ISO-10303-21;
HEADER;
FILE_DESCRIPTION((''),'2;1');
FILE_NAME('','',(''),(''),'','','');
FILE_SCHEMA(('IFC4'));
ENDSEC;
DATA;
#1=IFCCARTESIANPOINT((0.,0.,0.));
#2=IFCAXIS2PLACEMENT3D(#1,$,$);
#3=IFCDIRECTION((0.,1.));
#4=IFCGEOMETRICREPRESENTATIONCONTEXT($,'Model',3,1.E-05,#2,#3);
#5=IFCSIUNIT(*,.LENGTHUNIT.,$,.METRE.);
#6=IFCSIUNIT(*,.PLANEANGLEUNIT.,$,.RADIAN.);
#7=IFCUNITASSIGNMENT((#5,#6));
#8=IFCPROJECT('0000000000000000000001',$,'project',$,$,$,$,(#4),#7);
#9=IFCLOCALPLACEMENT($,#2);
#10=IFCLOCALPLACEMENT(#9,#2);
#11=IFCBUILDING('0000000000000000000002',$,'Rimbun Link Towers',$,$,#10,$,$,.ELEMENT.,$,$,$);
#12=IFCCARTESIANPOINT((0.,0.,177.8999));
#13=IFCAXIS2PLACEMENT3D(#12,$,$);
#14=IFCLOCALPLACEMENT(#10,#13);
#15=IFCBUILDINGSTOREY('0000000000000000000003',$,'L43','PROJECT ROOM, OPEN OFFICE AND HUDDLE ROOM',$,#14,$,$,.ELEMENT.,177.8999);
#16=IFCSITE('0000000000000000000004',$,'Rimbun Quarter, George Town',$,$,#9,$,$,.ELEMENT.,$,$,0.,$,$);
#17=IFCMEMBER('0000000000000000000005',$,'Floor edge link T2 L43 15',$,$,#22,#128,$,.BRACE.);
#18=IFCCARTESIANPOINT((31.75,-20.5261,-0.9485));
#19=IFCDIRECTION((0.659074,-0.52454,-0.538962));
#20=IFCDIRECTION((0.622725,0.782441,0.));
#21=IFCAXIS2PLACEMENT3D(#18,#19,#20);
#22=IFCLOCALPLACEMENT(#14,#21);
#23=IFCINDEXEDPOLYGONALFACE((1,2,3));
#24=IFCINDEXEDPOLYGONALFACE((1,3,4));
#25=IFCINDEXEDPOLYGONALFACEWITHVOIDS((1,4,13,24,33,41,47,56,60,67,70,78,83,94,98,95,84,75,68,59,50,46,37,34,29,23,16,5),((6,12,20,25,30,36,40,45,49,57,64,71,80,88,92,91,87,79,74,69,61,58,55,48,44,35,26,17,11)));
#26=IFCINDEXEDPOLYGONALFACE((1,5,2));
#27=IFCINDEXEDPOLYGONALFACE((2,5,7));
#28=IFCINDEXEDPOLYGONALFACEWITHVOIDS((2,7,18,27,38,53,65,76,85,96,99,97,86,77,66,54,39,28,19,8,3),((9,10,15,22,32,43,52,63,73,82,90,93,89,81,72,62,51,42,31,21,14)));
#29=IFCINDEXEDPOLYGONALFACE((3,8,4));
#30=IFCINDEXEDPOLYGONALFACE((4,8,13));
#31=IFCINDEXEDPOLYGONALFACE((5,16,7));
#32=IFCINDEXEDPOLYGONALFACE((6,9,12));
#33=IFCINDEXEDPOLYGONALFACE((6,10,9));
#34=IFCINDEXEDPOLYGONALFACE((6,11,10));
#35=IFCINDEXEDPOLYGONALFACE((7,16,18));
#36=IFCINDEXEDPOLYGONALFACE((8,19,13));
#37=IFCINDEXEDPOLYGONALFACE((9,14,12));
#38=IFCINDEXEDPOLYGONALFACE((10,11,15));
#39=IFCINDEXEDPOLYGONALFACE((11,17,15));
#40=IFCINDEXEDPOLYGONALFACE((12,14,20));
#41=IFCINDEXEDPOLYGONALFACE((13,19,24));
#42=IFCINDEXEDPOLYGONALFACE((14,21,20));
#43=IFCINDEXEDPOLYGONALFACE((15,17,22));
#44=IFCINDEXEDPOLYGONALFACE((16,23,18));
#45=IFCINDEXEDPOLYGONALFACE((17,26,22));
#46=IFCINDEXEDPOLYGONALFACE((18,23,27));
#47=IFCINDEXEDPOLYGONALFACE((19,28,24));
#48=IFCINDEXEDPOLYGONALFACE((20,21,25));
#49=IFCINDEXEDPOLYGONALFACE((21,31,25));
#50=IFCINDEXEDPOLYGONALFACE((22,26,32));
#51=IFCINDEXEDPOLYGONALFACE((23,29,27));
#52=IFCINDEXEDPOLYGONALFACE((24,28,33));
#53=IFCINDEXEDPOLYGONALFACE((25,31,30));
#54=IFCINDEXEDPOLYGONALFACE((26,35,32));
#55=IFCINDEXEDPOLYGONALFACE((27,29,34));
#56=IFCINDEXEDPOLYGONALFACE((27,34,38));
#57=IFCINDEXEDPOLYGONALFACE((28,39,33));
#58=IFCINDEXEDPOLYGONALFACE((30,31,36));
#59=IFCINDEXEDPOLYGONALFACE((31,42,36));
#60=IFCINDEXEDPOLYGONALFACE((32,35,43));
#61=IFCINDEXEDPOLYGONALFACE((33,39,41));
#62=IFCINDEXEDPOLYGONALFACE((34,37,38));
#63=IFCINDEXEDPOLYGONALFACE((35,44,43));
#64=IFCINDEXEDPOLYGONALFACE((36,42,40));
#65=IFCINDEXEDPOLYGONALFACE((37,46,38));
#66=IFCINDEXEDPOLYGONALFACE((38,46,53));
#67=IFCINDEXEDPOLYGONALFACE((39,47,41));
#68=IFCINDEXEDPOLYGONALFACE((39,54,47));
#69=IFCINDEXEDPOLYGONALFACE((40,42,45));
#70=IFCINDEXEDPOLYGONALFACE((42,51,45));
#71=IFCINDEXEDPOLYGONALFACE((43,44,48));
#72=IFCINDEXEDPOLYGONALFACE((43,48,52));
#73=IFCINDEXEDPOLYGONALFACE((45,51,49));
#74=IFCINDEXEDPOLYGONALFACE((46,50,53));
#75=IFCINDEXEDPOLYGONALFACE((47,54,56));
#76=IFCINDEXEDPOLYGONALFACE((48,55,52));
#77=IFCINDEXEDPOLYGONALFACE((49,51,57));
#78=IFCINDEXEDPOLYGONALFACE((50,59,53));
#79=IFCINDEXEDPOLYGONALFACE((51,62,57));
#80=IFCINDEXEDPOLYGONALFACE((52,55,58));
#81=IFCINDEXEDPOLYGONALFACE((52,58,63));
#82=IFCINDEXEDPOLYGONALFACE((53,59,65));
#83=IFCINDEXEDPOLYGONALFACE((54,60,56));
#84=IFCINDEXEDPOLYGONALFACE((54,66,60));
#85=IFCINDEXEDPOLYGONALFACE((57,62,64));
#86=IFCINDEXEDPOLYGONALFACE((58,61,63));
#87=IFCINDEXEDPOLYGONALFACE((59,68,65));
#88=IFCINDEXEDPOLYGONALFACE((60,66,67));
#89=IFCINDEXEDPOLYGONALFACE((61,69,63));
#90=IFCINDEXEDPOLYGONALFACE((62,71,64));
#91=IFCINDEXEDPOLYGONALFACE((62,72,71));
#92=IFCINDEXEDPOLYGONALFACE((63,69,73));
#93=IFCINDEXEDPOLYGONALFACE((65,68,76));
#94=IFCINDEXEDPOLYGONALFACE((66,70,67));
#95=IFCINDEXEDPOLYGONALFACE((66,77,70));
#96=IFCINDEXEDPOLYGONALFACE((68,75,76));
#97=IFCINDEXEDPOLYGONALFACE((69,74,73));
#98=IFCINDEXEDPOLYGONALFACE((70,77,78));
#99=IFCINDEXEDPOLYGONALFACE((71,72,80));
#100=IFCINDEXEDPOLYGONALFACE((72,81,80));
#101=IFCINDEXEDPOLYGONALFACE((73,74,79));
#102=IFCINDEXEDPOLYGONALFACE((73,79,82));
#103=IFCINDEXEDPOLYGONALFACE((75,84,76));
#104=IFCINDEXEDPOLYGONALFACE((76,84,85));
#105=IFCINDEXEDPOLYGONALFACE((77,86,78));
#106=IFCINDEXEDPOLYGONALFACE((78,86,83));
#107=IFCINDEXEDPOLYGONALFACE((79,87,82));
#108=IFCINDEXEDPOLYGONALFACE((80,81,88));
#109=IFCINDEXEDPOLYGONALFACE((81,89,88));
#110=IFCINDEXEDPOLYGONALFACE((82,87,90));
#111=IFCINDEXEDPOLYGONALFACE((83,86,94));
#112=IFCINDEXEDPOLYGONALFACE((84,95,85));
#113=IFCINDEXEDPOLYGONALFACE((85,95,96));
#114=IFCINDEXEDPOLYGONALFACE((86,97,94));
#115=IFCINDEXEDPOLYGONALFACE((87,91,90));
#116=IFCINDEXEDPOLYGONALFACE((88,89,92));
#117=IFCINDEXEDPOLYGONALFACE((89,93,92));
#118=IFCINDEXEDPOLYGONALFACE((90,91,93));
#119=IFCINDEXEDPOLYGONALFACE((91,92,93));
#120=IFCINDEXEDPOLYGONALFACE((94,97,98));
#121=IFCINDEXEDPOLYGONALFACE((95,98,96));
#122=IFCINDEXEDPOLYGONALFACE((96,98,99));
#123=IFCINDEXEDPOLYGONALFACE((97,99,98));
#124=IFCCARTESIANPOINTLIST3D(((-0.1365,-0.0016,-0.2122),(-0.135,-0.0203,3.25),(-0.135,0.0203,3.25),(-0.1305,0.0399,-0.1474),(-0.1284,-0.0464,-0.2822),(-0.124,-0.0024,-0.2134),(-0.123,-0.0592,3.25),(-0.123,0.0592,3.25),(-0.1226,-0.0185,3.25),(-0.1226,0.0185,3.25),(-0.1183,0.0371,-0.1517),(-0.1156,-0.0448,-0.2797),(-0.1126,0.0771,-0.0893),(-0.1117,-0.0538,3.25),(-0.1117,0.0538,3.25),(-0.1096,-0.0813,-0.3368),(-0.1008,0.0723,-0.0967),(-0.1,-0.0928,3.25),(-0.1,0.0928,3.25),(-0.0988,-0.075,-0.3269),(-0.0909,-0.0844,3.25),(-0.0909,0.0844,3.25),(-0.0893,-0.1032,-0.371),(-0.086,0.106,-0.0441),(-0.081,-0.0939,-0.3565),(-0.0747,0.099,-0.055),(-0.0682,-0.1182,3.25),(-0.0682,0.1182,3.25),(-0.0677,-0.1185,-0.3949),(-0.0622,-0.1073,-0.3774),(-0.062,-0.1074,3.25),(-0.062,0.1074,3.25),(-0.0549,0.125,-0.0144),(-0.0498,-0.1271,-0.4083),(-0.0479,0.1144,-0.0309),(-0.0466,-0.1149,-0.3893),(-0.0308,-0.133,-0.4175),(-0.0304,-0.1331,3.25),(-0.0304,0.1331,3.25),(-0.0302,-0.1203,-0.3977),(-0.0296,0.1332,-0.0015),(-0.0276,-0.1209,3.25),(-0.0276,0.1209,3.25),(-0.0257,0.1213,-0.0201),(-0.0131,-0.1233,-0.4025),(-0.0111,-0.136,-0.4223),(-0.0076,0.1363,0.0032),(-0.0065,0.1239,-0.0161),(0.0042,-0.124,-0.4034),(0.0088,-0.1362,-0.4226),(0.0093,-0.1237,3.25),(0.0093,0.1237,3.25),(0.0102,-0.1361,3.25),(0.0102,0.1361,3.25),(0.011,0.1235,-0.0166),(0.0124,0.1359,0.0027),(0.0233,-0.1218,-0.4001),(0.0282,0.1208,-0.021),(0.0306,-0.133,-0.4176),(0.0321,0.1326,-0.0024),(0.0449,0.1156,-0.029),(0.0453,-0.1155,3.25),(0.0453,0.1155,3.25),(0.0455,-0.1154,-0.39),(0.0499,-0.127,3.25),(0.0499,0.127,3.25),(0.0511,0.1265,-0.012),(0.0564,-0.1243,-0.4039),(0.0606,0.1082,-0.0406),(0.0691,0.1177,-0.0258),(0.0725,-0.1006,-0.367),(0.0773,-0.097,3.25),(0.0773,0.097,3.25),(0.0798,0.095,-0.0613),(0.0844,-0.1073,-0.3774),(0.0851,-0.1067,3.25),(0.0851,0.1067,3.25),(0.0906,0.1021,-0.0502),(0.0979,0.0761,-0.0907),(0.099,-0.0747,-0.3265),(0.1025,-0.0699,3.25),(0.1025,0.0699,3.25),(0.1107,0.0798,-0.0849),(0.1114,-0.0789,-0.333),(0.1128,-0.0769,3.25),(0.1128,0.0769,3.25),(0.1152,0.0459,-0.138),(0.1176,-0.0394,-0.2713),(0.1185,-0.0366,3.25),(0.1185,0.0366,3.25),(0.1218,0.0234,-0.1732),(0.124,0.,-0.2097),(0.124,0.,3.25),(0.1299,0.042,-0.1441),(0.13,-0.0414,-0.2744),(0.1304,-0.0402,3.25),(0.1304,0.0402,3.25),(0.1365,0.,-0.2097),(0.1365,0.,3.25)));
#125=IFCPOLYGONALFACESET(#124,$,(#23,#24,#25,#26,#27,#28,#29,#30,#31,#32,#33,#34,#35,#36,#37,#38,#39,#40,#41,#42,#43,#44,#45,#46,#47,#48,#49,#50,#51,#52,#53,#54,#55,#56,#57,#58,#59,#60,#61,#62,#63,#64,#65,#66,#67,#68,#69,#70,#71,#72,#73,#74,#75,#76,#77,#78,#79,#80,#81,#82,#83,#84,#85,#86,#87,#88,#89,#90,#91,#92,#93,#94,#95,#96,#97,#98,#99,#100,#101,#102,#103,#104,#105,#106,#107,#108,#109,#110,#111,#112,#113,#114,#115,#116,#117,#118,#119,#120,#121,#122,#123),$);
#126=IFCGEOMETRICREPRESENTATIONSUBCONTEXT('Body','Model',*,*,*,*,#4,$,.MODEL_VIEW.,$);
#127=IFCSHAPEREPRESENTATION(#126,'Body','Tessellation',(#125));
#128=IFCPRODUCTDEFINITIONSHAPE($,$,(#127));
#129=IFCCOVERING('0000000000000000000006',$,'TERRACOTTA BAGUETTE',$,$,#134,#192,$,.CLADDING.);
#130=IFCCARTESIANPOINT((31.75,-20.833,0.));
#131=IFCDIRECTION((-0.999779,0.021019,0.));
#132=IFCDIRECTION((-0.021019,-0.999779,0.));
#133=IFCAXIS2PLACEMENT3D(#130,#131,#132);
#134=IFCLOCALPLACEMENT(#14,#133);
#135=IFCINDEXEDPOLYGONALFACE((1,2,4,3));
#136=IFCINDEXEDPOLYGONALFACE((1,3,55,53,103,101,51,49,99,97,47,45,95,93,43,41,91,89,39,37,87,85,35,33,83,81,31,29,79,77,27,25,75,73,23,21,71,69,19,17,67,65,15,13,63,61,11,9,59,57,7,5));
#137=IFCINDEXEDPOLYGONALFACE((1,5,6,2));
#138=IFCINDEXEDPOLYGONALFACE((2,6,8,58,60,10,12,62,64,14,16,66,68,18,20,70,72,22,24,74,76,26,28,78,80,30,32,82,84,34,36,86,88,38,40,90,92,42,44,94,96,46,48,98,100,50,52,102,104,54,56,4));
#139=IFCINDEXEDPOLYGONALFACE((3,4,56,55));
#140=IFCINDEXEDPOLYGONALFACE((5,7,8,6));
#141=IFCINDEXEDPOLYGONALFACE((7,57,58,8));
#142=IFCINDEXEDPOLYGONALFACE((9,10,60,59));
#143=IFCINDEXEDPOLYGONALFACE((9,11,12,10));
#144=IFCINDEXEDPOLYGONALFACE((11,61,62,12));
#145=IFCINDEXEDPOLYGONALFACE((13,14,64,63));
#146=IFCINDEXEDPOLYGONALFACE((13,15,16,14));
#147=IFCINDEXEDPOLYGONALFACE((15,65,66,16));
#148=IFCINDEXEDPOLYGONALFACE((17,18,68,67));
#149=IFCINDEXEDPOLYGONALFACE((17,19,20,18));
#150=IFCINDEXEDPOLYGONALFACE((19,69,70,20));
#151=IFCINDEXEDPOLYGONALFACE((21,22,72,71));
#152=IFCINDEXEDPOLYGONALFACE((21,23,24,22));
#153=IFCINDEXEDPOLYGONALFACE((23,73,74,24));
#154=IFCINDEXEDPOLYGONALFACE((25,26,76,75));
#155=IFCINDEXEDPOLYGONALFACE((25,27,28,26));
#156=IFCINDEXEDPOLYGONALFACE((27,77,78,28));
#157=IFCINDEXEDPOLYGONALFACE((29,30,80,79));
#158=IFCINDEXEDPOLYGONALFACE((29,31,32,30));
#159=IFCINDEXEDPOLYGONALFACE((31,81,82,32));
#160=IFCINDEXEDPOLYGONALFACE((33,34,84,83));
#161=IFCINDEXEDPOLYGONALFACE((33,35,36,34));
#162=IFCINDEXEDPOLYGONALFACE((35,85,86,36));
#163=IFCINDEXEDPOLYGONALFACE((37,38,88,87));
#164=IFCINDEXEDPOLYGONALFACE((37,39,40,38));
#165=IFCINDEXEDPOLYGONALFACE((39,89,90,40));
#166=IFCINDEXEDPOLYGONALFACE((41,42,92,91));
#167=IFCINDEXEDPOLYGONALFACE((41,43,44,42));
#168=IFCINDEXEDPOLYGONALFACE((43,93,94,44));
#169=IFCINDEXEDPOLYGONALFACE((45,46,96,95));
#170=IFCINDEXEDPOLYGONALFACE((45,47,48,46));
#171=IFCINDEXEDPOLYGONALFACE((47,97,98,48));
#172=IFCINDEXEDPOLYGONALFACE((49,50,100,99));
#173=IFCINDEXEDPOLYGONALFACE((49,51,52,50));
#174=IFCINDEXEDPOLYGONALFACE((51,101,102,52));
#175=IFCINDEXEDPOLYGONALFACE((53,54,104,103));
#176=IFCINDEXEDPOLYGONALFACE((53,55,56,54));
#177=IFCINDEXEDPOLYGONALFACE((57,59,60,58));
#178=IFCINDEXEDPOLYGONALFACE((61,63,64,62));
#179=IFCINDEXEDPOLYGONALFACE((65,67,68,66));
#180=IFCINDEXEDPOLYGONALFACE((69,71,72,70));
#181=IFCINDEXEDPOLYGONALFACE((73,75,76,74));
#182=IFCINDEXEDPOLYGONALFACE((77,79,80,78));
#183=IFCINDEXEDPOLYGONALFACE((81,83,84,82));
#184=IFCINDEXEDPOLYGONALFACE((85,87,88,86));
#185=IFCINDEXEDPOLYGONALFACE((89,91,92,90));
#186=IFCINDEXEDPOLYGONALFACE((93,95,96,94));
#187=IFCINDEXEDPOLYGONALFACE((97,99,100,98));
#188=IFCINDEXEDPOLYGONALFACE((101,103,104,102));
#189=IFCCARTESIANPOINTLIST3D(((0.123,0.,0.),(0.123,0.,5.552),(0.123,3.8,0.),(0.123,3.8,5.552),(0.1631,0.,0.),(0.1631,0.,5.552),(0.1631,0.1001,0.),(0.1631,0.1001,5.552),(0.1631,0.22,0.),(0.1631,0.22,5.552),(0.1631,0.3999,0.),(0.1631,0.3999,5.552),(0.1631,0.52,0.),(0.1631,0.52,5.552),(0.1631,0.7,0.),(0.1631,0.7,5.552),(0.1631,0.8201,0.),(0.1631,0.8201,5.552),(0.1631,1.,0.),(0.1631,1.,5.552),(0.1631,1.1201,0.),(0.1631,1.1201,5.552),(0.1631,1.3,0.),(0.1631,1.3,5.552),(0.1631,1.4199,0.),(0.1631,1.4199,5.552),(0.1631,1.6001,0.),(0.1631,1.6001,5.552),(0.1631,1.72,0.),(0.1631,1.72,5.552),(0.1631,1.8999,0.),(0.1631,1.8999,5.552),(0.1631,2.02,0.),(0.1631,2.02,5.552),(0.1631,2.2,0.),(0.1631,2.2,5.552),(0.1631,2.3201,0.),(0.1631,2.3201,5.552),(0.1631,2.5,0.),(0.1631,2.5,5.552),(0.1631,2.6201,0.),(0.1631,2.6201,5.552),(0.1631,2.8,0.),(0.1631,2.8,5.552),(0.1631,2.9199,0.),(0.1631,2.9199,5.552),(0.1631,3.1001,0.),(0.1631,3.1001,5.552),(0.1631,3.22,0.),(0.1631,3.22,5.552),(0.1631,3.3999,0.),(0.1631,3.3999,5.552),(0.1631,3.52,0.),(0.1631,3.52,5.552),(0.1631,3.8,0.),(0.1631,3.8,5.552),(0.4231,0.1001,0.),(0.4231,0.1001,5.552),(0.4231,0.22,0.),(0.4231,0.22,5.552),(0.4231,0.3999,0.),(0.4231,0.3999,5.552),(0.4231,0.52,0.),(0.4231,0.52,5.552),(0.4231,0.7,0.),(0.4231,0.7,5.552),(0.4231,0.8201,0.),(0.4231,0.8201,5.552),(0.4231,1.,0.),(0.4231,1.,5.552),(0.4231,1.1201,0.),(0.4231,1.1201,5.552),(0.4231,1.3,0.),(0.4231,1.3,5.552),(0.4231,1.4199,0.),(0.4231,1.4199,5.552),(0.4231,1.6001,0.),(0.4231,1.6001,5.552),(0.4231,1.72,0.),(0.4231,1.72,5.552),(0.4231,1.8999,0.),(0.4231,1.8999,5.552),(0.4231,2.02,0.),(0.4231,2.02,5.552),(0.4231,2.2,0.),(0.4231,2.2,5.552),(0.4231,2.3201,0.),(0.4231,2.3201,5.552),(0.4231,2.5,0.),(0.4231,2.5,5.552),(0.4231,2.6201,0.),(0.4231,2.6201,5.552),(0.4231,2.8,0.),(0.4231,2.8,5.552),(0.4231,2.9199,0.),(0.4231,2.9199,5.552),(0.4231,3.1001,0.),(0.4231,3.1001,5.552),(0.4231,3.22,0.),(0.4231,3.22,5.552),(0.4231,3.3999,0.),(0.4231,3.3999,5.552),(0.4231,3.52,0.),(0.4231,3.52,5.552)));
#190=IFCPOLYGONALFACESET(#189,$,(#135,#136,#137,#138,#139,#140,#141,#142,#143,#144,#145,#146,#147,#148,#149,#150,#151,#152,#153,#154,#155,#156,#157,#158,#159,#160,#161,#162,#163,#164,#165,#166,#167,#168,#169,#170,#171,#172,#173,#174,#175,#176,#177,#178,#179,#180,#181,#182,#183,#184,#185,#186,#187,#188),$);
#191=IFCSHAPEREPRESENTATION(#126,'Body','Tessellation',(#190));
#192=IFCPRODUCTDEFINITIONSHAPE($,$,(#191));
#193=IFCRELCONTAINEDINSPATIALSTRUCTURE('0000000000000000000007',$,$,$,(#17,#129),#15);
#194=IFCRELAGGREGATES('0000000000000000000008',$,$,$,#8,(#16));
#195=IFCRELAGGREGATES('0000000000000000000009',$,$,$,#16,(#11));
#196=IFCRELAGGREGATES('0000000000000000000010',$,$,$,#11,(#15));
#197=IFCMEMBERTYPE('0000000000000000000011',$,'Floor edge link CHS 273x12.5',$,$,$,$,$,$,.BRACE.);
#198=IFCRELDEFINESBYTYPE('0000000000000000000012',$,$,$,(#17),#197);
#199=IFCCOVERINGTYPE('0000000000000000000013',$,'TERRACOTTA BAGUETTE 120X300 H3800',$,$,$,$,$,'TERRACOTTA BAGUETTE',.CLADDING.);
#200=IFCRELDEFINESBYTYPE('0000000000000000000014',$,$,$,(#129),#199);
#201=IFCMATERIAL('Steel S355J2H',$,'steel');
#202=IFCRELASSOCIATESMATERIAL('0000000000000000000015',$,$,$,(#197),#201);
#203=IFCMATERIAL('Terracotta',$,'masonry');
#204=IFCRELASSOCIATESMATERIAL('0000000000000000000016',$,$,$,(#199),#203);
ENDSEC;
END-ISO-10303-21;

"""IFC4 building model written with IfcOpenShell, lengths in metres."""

from ifc_helpers import new_model, si_unit, direction, frame, origin, origin_2d, place, context, subcontext, project, spatial, polyline, hollow_circle, outline, extrude, clip, halfspace, material, material_profile, profile_set, type_object, element, save


model = new_model("IFC4")

# Units and contexts
model_context = context("Model", 3, precision=1e-05, world=origin(), true_north=direction((0.0, 1.0)))
body_context = subcontext(model_context, "Body", "Model", "MODEL_VIEW")
ifc_project = project(units=[si_unit("LENGTHUNIT", "METRE"), si_unit("PLANEANGLEUNIT", "RADIAN")], contexts=[model_context])

# Site, building, storey
site_placement = place(None, origin())
site = spatial("IfcSite", under=ifc_project, at=site_placement, Name="Rimbun Quarter, George Town", CompositionType="ELEMENT", RefElevation=0.0)
building_placement = place(site_placement, origin())
building = spatial("IfcBuilding", under=site, at=building_placement, Name="Rimbun Link Towers", CompositionType="ELEMENT")
storey_placement = place(building_placement, frame((0.0, 0.0, 177.8999)))
storey = spatial("IfcBuildingStorey", under=building, at=storey_placement, Name="L43", Description="PROJECT ROOM, OPEN OFFICE AND HUDDLE ROOM", CompositionType="ELEMENT", Elevation=177.8999)

# Member
ifc_material_1 = material(Name="Steel S355J2H", Category="steel")
ifc_material_profile_1 = material_profile(ifc_material_1, hollow_circle(Radius=0.1365, WallThickness=0.0125, at=origin_2d()), Name="CHS 273x12.5")
ifc_profile_set_1 = profile_set([ifc_material_profile_1], Name="Steel S355J2H")
member_type_1 = type_object("IfcMemberType", Name="Floor edge link CHS 273x12.5", PredefinedType="BRACE", material=ifc_profile_set_1)
member_1_placement = place(storey_placement, frame((31.75, -20.5261, -0.9485), z_axis=(0.659074, -0.52454, -0.538962), x_axis=(0.622725, 0.782441, 0.0)))
element("IfcMember", 1, at=member_1_placement, inside=storey, type_object=member_type_1, Name="Floor edge link T2 L43 15", PredefinedType="BRACE", context=body_context, shape_type="Clipping", body=[
    clip(extrude(hollow_circle(Radius=0.1365, WallThickness=0.0125, at=origin_2d()), frame((0.0, 0.0, -0.4453)), (0.0, 0.0, 1.0), 3.6953), halfspace(frame((0.0, 0.0, -0.2097), z_axis=(0.0, 0.84233, -0.538962)), False)),
])

# Covering
ifc_material_2 = material(Name="Terracotta", Category="masonry")
ifc_material_profile_2 = material_profile(ifc_material_2, outline(polyline([(0.123, 0.0), (0.1631, 0.0), (0.1631, 0.1001), (0.4231, 0.1001), (0.4231, 0.22), (0.1631, 0.22), (0.1631, 0.3999), (0.4231, 0.3999), (0.4231, 0.52), (0.1631, 0.52), (0.1631, 0.7), (0.4231, 0.7), (0.4231, 0.8201), (0.1631, 0.8201), (0.1631, 1.0), (0.4231, 1.0), (0.4231, 1.1201), (0.1631, 1.1201), (0.1631, 1.3), (0.4231, 1.3), (0.4231, 1.4199), (0.1631, 1.4199), (0.1631, 1.6001), (0.4231, 1.6001), (0.4231, 1.72), (0.1631, 1.72), (0.1631, 1.8999), (0.4231, 1.8999), (0.4231, 2.02), (0.1631, 2.02), (0.1631, 2.2), (0.4231, 2.2), (0.4231, 2.3201), (0.1631, 2.3201), (0.1631, 2.5), (0.4231, 2.5), (0.4231, 2.6201), (0.1631, 2.6201), (0.1631, 2.8), (0.4231, 2.8), (0.4231, 2.9199), (0.1631, 2.9199), (0.1631, 3.1001), (0.4231, 3.1001), (0.4231, 3.22), (0.1631, 3.22), (0.1631, 3.3999), (0.4231, 3.3999), (0.4231, 3.52), (0.1631, 3.52), (0.1631, 3.8), (0.123, 3.8), (0.123, 0.0)])), Name="BAGUETTE 120X300")
ifc_profile_set_2 = profile_set([ifc_material_profile_2], Name="Terracotta")
covering_type = type_object("IfcCoveringType", Name="TERRACOTTA BAGUETTE 120X300 H3800", ElementType="TERRACOTTA BAGUETTE", PredefinedType="CLADDING", material=ifc_profile_set_2)
covering_1_placement = place(storey_placement, frame((31.75, -20.833, 0.0), z_axis=(-0.999779, 0.021019, 0.0), x_axis=(-0.021019, -0.999779, 0.0)))
element("IfcCovering", 2, at=covering_1_placement, inside=storey, type_object=covering_type, Name="TERRACOTTA BAGUETTE", PredefinedType="CLADDING", context=body_context, shape_type="SweptSolid", body=[
    extrude(outline(polyline([(0.123, 0.0), (0.1631, 0.0), (0.1631, 0.1001), (0.4231, 0.1001), (0.4231, 0.22), (0.1631, 0.22), (0.1631, 0.3999), (0.4231, 0.3999), (0.4231, 0.52), (0.1631, 0.52), (0.1631, 0.7), (0.4231, 0.7), (0.4231, 0.8201), (0.1631, 0.8201), (0.1631, 1.0), (0.4231, 1.0), (0.4231, 1.1201), (0.1631, 1.1201), (0.1631, 1.3), (0.4231, 1.3), (0.4231, 1.4199), (0.1631, 1.4199), (0.1631, 1.6001), (0.4231, 1.6001), (0.4231, 1.72), (0.1631, 1.72), (0.1631, 1.8999), (0.4231, 1.8999), (0.4231, 2.02), (0.1631, 2.02), (0.1631, 2.2), (0.4231, 2.2), (0.4231, 2.3201), (0.1631, 2.3201), (0.1631, 2.5), (0.4231, 2.5), (0.4231, 2.6201), (0.1631, 2.6201), (0.1631, 2.8), (0.4231, 2.8), (0.4231, 2.9199), (0.1631, 2.9199), (0.1631, 3.1001), (0.4231, 3.1001), (0.4231, 3.22), (0.1631, 3.22), (0.1631, 3.3999), (0.4231, 3.3999), (0.4231, 3.52), (0.1631, 3.52), (0.1631, 3.8), (0.123, 3.8), (0.123, 0.0)])), origin(), (0.0, 0.0, 1.0), 5.552),
])

save(model, "model.ifc")
